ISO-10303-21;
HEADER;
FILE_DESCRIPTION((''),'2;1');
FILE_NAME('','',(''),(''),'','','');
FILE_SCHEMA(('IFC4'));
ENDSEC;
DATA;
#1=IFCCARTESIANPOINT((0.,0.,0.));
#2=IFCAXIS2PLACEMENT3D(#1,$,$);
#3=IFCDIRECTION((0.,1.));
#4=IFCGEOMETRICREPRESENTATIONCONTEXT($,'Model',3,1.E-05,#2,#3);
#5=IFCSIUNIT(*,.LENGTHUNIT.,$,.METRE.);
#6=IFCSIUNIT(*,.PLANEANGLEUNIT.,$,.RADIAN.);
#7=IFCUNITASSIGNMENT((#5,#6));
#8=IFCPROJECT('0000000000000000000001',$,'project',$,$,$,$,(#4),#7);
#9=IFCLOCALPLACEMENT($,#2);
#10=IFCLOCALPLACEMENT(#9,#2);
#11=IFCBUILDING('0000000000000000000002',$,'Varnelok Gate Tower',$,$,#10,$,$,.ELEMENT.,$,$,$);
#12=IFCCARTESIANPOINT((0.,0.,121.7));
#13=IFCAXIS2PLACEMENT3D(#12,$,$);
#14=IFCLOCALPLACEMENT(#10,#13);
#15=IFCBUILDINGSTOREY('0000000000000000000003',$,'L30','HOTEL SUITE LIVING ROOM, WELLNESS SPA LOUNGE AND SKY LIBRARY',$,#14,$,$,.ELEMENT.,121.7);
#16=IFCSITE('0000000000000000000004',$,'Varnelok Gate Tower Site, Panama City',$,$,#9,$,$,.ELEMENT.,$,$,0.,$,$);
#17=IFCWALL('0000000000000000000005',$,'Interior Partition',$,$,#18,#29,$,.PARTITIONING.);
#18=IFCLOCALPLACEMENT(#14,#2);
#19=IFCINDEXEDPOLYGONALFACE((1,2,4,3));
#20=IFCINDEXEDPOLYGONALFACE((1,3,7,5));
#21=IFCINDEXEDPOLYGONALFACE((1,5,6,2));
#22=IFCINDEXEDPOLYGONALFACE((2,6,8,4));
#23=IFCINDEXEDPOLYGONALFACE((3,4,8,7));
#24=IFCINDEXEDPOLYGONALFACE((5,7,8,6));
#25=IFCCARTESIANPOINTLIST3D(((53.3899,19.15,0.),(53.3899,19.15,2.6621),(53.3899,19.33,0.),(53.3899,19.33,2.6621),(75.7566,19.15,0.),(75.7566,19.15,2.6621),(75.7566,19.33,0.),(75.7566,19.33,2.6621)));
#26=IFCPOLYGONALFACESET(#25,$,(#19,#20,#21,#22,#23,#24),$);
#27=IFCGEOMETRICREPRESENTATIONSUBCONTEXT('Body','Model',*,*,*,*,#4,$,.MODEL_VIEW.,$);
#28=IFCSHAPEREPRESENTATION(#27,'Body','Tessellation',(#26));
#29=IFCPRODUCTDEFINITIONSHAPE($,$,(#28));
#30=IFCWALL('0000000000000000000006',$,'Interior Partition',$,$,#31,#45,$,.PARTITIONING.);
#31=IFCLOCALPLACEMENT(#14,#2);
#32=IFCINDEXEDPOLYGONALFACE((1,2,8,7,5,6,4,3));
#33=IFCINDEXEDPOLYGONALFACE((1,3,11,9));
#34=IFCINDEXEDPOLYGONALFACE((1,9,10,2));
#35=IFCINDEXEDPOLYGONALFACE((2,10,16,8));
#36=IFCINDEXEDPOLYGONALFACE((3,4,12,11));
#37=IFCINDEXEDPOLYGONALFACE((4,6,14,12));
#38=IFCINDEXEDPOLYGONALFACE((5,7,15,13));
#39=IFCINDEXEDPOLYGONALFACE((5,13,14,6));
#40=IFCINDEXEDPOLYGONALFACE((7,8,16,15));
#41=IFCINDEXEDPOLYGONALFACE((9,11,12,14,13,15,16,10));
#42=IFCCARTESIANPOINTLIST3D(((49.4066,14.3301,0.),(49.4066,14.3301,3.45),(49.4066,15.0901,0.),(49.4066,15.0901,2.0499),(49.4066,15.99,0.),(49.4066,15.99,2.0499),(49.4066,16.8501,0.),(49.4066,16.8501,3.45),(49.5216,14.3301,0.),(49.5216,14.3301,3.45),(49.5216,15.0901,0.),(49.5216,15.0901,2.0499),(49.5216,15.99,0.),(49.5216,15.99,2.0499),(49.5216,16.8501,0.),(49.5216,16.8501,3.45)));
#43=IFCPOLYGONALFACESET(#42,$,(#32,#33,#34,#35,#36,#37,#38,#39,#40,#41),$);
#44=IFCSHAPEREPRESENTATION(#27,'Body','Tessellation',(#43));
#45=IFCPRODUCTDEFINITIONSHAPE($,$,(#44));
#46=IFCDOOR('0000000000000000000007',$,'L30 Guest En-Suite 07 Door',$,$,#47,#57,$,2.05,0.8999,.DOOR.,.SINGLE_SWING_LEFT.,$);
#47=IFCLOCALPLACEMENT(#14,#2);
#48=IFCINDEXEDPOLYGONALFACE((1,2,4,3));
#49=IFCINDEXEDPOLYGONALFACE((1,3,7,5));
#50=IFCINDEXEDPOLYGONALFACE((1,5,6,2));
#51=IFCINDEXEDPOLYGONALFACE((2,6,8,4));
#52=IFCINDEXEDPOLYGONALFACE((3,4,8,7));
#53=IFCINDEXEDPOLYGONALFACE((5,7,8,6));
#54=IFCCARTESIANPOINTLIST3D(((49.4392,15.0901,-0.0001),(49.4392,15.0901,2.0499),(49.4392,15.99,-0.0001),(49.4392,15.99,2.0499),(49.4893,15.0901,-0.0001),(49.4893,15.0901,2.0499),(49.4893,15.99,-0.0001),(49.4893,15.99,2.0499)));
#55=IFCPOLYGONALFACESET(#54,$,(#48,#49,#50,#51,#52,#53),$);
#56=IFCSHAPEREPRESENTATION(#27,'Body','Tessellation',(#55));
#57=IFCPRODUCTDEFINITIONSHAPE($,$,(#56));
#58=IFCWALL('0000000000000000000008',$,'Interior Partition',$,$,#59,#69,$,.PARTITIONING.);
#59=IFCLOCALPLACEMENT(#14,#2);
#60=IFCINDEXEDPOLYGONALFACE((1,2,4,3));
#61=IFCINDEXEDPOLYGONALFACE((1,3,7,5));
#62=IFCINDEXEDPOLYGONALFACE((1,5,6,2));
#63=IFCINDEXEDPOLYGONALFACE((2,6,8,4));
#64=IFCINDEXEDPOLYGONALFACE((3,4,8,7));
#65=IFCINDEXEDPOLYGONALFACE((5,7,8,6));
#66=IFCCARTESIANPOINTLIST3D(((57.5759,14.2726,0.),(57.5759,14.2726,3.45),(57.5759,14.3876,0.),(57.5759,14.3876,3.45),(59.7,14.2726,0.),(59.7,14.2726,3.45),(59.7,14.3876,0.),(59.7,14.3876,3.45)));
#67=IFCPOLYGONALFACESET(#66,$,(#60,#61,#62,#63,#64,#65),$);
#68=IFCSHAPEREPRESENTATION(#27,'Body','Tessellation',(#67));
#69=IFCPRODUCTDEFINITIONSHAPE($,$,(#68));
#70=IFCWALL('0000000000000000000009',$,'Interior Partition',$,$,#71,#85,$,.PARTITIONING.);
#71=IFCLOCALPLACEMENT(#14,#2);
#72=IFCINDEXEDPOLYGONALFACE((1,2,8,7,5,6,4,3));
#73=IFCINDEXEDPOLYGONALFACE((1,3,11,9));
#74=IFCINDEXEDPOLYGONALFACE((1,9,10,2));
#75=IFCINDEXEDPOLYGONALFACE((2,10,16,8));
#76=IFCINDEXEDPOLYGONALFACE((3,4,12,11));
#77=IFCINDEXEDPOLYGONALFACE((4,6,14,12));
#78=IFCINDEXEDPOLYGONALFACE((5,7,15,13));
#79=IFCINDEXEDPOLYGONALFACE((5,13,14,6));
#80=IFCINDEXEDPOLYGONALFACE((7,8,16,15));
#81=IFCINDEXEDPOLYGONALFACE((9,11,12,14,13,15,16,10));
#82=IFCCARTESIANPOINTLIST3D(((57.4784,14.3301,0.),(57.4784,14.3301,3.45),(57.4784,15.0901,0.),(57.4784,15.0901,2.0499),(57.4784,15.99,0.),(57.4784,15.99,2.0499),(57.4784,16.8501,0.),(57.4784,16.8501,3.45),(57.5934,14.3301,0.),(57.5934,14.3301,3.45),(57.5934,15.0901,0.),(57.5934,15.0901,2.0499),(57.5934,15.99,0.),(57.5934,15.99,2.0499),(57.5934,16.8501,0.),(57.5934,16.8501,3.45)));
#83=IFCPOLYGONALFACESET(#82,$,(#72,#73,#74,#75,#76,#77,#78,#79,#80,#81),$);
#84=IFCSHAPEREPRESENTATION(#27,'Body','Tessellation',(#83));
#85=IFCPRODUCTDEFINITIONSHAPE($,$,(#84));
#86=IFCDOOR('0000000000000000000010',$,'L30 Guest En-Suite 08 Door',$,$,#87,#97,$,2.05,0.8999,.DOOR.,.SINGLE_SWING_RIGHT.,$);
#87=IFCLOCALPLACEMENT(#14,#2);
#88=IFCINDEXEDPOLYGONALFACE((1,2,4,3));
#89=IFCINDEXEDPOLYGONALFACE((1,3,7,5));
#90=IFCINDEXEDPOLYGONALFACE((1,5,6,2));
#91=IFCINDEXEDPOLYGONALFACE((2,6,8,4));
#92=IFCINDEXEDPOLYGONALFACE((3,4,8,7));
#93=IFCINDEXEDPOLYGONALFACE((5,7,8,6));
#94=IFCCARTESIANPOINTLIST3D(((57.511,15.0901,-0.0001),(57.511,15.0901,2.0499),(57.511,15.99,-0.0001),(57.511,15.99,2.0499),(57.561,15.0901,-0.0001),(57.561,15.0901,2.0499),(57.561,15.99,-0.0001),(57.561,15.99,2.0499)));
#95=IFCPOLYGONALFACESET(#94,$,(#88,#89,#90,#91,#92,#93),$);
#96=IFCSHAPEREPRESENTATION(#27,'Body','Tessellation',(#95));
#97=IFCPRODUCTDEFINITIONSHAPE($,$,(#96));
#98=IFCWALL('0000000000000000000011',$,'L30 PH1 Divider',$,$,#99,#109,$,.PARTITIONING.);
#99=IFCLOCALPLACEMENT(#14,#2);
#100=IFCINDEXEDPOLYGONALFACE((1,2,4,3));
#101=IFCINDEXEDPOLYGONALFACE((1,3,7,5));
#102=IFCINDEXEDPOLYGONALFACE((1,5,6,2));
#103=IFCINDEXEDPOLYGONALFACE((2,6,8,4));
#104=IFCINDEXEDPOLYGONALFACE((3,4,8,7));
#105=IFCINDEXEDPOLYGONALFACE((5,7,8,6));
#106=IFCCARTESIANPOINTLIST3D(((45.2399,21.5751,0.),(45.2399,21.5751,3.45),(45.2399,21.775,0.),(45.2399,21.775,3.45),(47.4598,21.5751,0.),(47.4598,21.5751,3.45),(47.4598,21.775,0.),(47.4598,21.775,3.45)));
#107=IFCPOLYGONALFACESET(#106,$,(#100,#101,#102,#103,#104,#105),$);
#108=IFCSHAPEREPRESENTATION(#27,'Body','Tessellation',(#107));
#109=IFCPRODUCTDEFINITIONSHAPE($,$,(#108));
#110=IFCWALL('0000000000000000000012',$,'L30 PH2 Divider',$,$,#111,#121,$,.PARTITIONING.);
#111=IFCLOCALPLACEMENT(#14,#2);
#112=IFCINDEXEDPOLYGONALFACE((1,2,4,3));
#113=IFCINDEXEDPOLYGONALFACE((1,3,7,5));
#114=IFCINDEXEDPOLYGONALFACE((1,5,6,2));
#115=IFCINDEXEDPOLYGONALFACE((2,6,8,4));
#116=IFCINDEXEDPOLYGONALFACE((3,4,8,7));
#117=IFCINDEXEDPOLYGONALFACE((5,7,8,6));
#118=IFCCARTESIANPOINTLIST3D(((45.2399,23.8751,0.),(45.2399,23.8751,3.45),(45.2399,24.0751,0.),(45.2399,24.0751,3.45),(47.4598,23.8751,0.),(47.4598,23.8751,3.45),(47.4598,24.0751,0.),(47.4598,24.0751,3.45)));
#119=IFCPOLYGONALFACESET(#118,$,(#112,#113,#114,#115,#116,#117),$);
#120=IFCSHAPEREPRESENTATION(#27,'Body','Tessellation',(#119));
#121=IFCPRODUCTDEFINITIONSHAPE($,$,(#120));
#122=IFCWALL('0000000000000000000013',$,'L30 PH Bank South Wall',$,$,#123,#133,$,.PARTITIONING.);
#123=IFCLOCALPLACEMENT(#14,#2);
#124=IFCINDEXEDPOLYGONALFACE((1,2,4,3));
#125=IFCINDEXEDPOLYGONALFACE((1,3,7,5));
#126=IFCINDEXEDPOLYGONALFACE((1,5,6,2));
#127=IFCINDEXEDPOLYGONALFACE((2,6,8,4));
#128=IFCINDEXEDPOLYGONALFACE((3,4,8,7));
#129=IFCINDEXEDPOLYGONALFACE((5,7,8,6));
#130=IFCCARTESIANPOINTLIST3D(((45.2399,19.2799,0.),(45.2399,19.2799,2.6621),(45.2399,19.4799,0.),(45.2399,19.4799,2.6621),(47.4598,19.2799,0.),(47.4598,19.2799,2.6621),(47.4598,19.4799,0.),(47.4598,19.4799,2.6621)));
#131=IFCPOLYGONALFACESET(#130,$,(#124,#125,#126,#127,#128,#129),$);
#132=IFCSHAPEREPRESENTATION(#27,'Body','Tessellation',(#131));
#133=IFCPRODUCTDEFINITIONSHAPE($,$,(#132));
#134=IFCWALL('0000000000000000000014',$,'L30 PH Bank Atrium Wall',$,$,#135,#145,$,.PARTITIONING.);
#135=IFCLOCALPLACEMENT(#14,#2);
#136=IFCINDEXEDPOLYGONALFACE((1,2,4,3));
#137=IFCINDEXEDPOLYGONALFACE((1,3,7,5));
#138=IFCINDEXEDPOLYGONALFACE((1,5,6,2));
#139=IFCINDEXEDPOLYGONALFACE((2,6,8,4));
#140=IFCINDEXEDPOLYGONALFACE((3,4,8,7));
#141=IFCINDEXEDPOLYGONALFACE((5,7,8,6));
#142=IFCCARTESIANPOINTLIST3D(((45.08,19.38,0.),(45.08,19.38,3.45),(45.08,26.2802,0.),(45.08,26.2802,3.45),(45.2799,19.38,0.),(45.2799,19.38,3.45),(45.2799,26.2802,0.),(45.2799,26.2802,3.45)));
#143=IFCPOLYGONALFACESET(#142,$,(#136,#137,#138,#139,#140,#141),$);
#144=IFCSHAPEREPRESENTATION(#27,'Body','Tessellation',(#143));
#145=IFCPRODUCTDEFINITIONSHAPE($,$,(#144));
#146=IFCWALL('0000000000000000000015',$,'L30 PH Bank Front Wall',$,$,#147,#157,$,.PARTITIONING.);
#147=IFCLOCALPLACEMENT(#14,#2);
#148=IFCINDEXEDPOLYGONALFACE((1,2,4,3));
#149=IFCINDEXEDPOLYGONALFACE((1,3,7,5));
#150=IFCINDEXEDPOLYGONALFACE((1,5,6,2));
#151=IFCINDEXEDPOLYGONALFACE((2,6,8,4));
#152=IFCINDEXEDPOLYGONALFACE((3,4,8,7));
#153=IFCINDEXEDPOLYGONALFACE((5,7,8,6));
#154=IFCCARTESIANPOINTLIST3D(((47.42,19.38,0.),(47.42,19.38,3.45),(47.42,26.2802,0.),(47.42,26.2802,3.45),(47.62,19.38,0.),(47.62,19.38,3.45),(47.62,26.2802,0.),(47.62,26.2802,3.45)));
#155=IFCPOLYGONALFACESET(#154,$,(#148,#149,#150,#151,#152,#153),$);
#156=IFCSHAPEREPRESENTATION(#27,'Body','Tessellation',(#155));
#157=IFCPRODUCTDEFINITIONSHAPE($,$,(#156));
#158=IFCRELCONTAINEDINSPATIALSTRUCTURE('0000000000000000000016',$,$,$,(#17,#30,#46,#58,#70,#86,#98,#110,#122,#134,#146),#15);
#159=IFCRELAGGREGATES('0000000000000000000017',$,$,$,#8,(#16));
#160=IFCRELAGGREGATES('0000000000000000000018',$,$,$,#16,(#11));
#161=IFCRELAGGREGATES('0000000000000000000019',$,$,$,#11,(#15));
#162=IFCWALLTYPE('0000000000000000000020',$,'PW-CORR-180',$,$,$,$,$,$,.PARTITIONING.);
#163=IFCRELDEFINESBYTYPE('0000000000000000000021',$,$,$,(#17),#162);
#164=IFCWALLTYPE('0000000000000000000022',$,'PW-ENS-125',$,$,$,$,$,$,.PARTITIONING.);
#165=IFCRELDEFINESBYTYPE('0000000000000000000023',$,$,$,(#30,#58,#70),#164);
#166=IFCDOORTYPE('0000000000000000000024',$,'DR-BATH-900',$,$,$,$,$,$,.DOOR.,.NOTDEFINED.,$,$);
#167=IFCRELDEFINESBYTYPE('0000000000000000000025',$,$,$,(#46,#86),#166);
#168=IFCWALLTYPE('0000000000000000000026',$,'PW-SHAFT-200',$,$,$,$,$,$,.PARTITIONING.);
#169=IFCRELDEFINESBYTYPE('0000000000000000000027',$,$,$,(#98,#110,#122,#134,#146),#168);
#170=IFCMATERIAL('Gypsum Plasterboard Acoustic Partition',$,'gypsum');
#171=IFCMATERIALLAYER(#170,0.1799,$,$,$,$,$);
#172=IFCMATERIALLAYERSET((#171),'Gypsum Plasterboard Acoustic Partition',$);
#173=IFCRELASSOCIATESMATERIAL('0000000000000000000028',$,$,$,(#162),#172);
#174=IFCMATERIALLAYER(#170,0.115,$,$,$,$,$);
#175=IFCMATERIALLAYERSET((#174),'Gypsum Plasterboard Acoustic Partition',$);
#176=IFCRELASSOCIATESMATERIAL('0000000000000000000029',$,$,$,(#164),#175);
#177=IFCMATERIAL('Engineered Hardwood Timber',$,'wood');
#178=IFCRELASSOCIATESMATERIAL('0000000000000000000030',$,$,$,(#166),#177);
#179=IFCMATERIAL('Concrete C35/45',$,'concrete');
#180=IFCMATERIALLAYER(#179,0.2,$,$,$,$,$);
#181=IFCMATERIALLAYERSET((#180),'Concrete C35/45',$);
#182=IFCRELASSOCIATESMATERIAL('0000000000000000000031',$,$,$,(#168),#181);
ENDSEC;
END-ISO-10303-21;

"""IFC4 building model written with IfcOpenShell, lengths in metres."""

from ifc_helpers import new_model, si_unit, direction, frame, frame_2d, origin, place, context, subcontext, project, spatial, rectangle, extrude, material, layer, layer_set, type_object, element, fill, save


model = new_model("IFC4")

# Units and contexts
model_context = context("Model", 3, precision=1e-05, world=origin(), true_north=direction((0.0, 1.0)))
body_context = subcontext(model_context, "Body", "Model", "MODEL_VIEW")
ifc_project = project(units=[si_unit("LENGTHUNIT", "METRE"), si_unit("PLANEANGLEUNIT", "RADIAN")], contexts=[model_context])

# Site, building, storey
site_placement = place(None, origin())
site = spatial("IfcSite", under=ifc_project, at=site_placement, Name="Varnelok Gate Tower Site, Panama City", CompositionType="ELEMENT", RefElevation=0.0)
building_placement = place(site_placement, origin())
building = spatial("IfcBuilding", under=site, at=building_placement, Name="Varnelok Gate Tower", CompositionType="ELEMENT")
storey_placement = place(building_placement, frame((0.0, 0.0, 121.7)))
storey = spatial("IfcBuildingStorey", under=building, at=storey_placement, Name="L30", Description="HOTEL SUITE LIVING ROOM, WELLNESS SPA LOUNGE AND SKY LIBRARY", CompositionType="ELEMENT", Elevation=121.7)

# Shared definitions
ifc_material_1 = material(Name="Gypsum Plasterboard Acoustic Partition", Category="gypsum")
ifc_layer_1 = layer(ifc_material_1, 0.1799)
ifc_layer_set_1 = layer_set([ifc_layer_1], Name="Gypsum Plasterboard Acoustic Partition")
wall_type_1 = type_object("IfcWallType", Name="PW-CORR-180", PredefinedType="PARTITIONING", material=ifc_layer_set_1)
ifc_material_2 = material(Name="Engineered Hardwood Timber", Category="wood")

# Wall
wall_1_placement = place(storey_placement, frame((53.3899, 19.24, 0.0), z_axis=(0.0, 0.0, 1.0), x_axis=(1.0, 0.0, 0.0)))
element("IfcWall", 1, at=wall_1_placement, inside=storey, type_object=wall_type_1, Name="Interior Partition", PredefinedType="PARTITIONING", context=body_context, shape_type="SweptSolid", body=[
    extrude(rectangle(XDim=22.3667, YDim=0.1799, at=frame_2d((11.1833, 0.0))), origin(), (0.0, 0.0, 1.0), 2.6621),
])

# Wall, opening, door
ifc_layer_2 = layer(ifc_material_1, 0.115)
ifc_layer_set_2 = layer_set([ifc_layer_2], Name="Gypsum Plasterboard Acoustic Partition")
wall_type_2 = type_object("IfcWallType", Name="PW-ENS-125", PredefinedType="PARTITIONING", material=ifc_layer_set_2)
wall_2_placement = place(storey_placement, frame((49.4641, 14.3301, 0.0), z_axis=(0.0, 0.0, 1.0), x_axis=(0.0, 1.0, 0.0)))
wall_2 = element("IfcWall", 2, at=wall_2_placement, inside=storey, type_object=wall_type_2, Name="Interior Partition", PredefinedType="PARTITIONING", context=body_context, shape_type="SweptSolid", body=[
    extrude(rectangle(XDim=2.52, YDim=0.115, at=frame_2d((1.26, 0.0))), origin(), (0.0, 0.0, 1.0), 3.45),
])
opening_1_placement = place(wall_2_placement, frame((0.76, 0.0, 0.0)))
opening_1 = element("IfcOpeningElement", 3, at=opening_1_placement, cuts=wall_2, PredefinedType="OPENING", context=body_context, shape_type="SweptSolid", body=[
    extrude(rectangle(XDim=0.8999, YDim=2.05, at=frame_2d((0.45, 1.0249))), frame((0.0, 0.0674, 0.0), z_axis=(0.0, -1.0, 0.0), x_axis=(1.0, 0.0, 0.0)), (0.0, 0.0, 1.0), 0.135),
])
door_type_1 = type_object("IfcDoorType", Name="DR-BATH-900", OperationType="NOTDEFINED", PredefinedType="DOOR", material=ifc_material_2)
door_1_placement = place(opening_1_placement, origin())
door_1 = element("IfcDoor", 4, at=door_1_placement, inside=storey, type_object=door_type_1, Name="L30 Guest En-Suite 07 Door", OperationType="SINGLE_SWING_LEFT", OverallHeight=2.05, OverallWidth=0.8999, PredefinedType="DOOR", context=body_context, shape_type="SweptSolid", body=[
    extrude(rectangle(XDim=0.8999, YDim=2.05, at=frame_2d((0.45, 1.0249))), frame((0.0, 0.0249, 0.0), z_axis=(0.0, -1.0, 0.0), x_axis=(1.0, 0.0, 0.0)), (0.0, 0.0, 1.0), 0.05),
])
fill(opening_1, door_1)

# Wall
wall_3_placement = place(storey_placement, frame((57.5759, 14.3301, 0.0), z_axis=(0.0, 0.0, 1.0), x_axis=(1.0, 0.0, 0.0)))
element("IfcWall", 5, at=wall_3_placement, inside=storey, type_object=wall_type_2, Name="Interior Partition", PredefinedType="PARTITIONING", context=body_context, shape_type="SweptSolid", body=[
    extrude(rectangle(XDim=2.124, YDim=0.115, at=frame_2d((1.062, 0.0))), origin(), (0.0, 0.0, 1.0), 3.45),
])

# Wall, opening, door
wall_4_placement = place(storey_placement, frame((57.5359, 14.3301, 0.0), z_axis=(0.0, 0.0, 1.0), x_axis=(0.0, 1.0, 0.0)))
wall_4 = element("IfcWall", 6, at=wall_4_placement, inside=storey, type_object=wall_type_2, Name="Interior Partition", PredefinedType="PARTITIONING", context=body_context, shape_type="SweptSolid", body=[
    extrude(rectangle(XDim=2.52, YDim=0.115, at=frame_2d((1.26, 0.0))), origin(), (0.0, 0.0, 1.0), 3.45),
])
opening_2_placement = place(wall_4_placement, frame((0.76, 0.0, 0.0)))
opening_2 = element("IfcOpeningElement", 7, at=opening_2_placement, cuts=wall_4, PredefinedType="OPENING", context=body_context, shape_type="SweptSolid", body=[
    extrude(rectangle(XDim=0.8999, YDim=2.05, at=frame_2d((0.45, 1.0249))), frame((0.0, 0.0674, 0.0), z_axis=(0.0, -1.0, 0.0), x_axis=(1.0, 0.0, 0.0)), (0.0, 0.0, 1.0), 0.135),
])
door_2_placement = place(opening_2_placement, origin())
door_2 = element("IfcDoor", 8, at=door_2_placement, inside=storey, type_object=door_type_1, Name="L30 Guest En-Suite 08 Door", OperationType="SINGLE_SWING_RIGHT", OverallHeight=2.05, OverallWidth=0.8999, PredefinedType="DOOR", context=body_context, shape_type="SweptSolid", body=[
    extrude(rectangle(XDim=0.8999, YDim=2.05, at=frame_2d((0.45, 1.0249))), frame((0.0, 0.0249, 0.0), z_axis=(0.0, -1.0, 0.0), x_axis=(1.0, 0.0, 0.0)), (0.0, 0.0, 1.0), 0.05),
])
fill(opening_2, door_2)

# Walls
ifc_material_3 = material(Name="Concrete C35/45", Category="concrete")
ifc_layer_3 = layer(ifc_material_3, 0.2)
ifc_layer_set_3 = layer_set([ifc_layer_3], Name="Concrete C35/45")
wall_type_3 = type_object("IfcWallType", Name="PW-SHAFT-200", PredefinedType="PARTITIONING", material=ifc_layer_set_3)
for number, where, z_axis, x_axis, name in (
    (9, (45.24, 21.675, 0.0), (0.0, 0.0, 1.0), (1.0, 0.0, 0.0), "L30 PH1 Divider"),
    (10, (45.24, 23.9751, 0.0), (0.0, 0.0, 1.0), (1.0, 0.0, 0.0), "L30 PH2 Divider"),
):
    element("IfcWall", number, at=place(storey_placement, frame(where, z_axis=z_axis, x_axis=x_axis)), inside=storey, type_object=wall_type_3, Name=name, PredefinedType="PARTITIONING", context=body_context, shape_type="SweptSolid", body=[
        extrude(rectangle(XDim=2.22, YDim=0.2, at=frame_2d((1.1099, 0.0))), origin(), (0.0, 0.0, 1.0), 3.45),
    ])
wall_5_placement = place(storey_placement, frame((45.24, 19.3799, 0.0), z_axis=(0.0, 0.0, 1.0), x_axis=(1.0, 0.0, 0.0)))
element("IfcWall", 11, at=wall_5_placement, inside=storey, type_object=wall_type_3, Name="L30 PH Bank South Wall", PredefinedType="PARTITIONING", context=body_context, shape_type="SweptSolid", body=[
    extrude(rectangle(XDim=2.22, YDim=0.2, at=frame_2d((1.1099, 0.0))), origin(), (0.0, 0.0, 1.0), 2.6621),
])
for number, where, z_axis, x_axis, name in (
    (12, (45.1799, 19.3799, 0.0), (0.0, 0.0, 1.0), (0.0, 1.0, 0.0), "L30 PH Bank Atrium Wall"),
    (13, (47.52, 19.3799, 0.0), (0.0, 0.0, 1.0), (0.0, 1.0, 0.0), "L30 PH Bank Front Wall"),
):
    element("IfcWall", number, at=place(storey_placement, frame(where, z_axis=z_axis, x_axis=x_axis)), inside=storey, type_object=wall_type_3, Name=name, PredefinedType="PARTITIONING", context=body_context, shape_type="SweptSolid", body=[
        extrude(rectangle(XDim=6.9001, YDim=0.2, at=frame_2d((3.4502, 0.0))), origin(), (0.0, 0.0, 1.0), 3.45),
    ])

save(model, "model.ifc")
